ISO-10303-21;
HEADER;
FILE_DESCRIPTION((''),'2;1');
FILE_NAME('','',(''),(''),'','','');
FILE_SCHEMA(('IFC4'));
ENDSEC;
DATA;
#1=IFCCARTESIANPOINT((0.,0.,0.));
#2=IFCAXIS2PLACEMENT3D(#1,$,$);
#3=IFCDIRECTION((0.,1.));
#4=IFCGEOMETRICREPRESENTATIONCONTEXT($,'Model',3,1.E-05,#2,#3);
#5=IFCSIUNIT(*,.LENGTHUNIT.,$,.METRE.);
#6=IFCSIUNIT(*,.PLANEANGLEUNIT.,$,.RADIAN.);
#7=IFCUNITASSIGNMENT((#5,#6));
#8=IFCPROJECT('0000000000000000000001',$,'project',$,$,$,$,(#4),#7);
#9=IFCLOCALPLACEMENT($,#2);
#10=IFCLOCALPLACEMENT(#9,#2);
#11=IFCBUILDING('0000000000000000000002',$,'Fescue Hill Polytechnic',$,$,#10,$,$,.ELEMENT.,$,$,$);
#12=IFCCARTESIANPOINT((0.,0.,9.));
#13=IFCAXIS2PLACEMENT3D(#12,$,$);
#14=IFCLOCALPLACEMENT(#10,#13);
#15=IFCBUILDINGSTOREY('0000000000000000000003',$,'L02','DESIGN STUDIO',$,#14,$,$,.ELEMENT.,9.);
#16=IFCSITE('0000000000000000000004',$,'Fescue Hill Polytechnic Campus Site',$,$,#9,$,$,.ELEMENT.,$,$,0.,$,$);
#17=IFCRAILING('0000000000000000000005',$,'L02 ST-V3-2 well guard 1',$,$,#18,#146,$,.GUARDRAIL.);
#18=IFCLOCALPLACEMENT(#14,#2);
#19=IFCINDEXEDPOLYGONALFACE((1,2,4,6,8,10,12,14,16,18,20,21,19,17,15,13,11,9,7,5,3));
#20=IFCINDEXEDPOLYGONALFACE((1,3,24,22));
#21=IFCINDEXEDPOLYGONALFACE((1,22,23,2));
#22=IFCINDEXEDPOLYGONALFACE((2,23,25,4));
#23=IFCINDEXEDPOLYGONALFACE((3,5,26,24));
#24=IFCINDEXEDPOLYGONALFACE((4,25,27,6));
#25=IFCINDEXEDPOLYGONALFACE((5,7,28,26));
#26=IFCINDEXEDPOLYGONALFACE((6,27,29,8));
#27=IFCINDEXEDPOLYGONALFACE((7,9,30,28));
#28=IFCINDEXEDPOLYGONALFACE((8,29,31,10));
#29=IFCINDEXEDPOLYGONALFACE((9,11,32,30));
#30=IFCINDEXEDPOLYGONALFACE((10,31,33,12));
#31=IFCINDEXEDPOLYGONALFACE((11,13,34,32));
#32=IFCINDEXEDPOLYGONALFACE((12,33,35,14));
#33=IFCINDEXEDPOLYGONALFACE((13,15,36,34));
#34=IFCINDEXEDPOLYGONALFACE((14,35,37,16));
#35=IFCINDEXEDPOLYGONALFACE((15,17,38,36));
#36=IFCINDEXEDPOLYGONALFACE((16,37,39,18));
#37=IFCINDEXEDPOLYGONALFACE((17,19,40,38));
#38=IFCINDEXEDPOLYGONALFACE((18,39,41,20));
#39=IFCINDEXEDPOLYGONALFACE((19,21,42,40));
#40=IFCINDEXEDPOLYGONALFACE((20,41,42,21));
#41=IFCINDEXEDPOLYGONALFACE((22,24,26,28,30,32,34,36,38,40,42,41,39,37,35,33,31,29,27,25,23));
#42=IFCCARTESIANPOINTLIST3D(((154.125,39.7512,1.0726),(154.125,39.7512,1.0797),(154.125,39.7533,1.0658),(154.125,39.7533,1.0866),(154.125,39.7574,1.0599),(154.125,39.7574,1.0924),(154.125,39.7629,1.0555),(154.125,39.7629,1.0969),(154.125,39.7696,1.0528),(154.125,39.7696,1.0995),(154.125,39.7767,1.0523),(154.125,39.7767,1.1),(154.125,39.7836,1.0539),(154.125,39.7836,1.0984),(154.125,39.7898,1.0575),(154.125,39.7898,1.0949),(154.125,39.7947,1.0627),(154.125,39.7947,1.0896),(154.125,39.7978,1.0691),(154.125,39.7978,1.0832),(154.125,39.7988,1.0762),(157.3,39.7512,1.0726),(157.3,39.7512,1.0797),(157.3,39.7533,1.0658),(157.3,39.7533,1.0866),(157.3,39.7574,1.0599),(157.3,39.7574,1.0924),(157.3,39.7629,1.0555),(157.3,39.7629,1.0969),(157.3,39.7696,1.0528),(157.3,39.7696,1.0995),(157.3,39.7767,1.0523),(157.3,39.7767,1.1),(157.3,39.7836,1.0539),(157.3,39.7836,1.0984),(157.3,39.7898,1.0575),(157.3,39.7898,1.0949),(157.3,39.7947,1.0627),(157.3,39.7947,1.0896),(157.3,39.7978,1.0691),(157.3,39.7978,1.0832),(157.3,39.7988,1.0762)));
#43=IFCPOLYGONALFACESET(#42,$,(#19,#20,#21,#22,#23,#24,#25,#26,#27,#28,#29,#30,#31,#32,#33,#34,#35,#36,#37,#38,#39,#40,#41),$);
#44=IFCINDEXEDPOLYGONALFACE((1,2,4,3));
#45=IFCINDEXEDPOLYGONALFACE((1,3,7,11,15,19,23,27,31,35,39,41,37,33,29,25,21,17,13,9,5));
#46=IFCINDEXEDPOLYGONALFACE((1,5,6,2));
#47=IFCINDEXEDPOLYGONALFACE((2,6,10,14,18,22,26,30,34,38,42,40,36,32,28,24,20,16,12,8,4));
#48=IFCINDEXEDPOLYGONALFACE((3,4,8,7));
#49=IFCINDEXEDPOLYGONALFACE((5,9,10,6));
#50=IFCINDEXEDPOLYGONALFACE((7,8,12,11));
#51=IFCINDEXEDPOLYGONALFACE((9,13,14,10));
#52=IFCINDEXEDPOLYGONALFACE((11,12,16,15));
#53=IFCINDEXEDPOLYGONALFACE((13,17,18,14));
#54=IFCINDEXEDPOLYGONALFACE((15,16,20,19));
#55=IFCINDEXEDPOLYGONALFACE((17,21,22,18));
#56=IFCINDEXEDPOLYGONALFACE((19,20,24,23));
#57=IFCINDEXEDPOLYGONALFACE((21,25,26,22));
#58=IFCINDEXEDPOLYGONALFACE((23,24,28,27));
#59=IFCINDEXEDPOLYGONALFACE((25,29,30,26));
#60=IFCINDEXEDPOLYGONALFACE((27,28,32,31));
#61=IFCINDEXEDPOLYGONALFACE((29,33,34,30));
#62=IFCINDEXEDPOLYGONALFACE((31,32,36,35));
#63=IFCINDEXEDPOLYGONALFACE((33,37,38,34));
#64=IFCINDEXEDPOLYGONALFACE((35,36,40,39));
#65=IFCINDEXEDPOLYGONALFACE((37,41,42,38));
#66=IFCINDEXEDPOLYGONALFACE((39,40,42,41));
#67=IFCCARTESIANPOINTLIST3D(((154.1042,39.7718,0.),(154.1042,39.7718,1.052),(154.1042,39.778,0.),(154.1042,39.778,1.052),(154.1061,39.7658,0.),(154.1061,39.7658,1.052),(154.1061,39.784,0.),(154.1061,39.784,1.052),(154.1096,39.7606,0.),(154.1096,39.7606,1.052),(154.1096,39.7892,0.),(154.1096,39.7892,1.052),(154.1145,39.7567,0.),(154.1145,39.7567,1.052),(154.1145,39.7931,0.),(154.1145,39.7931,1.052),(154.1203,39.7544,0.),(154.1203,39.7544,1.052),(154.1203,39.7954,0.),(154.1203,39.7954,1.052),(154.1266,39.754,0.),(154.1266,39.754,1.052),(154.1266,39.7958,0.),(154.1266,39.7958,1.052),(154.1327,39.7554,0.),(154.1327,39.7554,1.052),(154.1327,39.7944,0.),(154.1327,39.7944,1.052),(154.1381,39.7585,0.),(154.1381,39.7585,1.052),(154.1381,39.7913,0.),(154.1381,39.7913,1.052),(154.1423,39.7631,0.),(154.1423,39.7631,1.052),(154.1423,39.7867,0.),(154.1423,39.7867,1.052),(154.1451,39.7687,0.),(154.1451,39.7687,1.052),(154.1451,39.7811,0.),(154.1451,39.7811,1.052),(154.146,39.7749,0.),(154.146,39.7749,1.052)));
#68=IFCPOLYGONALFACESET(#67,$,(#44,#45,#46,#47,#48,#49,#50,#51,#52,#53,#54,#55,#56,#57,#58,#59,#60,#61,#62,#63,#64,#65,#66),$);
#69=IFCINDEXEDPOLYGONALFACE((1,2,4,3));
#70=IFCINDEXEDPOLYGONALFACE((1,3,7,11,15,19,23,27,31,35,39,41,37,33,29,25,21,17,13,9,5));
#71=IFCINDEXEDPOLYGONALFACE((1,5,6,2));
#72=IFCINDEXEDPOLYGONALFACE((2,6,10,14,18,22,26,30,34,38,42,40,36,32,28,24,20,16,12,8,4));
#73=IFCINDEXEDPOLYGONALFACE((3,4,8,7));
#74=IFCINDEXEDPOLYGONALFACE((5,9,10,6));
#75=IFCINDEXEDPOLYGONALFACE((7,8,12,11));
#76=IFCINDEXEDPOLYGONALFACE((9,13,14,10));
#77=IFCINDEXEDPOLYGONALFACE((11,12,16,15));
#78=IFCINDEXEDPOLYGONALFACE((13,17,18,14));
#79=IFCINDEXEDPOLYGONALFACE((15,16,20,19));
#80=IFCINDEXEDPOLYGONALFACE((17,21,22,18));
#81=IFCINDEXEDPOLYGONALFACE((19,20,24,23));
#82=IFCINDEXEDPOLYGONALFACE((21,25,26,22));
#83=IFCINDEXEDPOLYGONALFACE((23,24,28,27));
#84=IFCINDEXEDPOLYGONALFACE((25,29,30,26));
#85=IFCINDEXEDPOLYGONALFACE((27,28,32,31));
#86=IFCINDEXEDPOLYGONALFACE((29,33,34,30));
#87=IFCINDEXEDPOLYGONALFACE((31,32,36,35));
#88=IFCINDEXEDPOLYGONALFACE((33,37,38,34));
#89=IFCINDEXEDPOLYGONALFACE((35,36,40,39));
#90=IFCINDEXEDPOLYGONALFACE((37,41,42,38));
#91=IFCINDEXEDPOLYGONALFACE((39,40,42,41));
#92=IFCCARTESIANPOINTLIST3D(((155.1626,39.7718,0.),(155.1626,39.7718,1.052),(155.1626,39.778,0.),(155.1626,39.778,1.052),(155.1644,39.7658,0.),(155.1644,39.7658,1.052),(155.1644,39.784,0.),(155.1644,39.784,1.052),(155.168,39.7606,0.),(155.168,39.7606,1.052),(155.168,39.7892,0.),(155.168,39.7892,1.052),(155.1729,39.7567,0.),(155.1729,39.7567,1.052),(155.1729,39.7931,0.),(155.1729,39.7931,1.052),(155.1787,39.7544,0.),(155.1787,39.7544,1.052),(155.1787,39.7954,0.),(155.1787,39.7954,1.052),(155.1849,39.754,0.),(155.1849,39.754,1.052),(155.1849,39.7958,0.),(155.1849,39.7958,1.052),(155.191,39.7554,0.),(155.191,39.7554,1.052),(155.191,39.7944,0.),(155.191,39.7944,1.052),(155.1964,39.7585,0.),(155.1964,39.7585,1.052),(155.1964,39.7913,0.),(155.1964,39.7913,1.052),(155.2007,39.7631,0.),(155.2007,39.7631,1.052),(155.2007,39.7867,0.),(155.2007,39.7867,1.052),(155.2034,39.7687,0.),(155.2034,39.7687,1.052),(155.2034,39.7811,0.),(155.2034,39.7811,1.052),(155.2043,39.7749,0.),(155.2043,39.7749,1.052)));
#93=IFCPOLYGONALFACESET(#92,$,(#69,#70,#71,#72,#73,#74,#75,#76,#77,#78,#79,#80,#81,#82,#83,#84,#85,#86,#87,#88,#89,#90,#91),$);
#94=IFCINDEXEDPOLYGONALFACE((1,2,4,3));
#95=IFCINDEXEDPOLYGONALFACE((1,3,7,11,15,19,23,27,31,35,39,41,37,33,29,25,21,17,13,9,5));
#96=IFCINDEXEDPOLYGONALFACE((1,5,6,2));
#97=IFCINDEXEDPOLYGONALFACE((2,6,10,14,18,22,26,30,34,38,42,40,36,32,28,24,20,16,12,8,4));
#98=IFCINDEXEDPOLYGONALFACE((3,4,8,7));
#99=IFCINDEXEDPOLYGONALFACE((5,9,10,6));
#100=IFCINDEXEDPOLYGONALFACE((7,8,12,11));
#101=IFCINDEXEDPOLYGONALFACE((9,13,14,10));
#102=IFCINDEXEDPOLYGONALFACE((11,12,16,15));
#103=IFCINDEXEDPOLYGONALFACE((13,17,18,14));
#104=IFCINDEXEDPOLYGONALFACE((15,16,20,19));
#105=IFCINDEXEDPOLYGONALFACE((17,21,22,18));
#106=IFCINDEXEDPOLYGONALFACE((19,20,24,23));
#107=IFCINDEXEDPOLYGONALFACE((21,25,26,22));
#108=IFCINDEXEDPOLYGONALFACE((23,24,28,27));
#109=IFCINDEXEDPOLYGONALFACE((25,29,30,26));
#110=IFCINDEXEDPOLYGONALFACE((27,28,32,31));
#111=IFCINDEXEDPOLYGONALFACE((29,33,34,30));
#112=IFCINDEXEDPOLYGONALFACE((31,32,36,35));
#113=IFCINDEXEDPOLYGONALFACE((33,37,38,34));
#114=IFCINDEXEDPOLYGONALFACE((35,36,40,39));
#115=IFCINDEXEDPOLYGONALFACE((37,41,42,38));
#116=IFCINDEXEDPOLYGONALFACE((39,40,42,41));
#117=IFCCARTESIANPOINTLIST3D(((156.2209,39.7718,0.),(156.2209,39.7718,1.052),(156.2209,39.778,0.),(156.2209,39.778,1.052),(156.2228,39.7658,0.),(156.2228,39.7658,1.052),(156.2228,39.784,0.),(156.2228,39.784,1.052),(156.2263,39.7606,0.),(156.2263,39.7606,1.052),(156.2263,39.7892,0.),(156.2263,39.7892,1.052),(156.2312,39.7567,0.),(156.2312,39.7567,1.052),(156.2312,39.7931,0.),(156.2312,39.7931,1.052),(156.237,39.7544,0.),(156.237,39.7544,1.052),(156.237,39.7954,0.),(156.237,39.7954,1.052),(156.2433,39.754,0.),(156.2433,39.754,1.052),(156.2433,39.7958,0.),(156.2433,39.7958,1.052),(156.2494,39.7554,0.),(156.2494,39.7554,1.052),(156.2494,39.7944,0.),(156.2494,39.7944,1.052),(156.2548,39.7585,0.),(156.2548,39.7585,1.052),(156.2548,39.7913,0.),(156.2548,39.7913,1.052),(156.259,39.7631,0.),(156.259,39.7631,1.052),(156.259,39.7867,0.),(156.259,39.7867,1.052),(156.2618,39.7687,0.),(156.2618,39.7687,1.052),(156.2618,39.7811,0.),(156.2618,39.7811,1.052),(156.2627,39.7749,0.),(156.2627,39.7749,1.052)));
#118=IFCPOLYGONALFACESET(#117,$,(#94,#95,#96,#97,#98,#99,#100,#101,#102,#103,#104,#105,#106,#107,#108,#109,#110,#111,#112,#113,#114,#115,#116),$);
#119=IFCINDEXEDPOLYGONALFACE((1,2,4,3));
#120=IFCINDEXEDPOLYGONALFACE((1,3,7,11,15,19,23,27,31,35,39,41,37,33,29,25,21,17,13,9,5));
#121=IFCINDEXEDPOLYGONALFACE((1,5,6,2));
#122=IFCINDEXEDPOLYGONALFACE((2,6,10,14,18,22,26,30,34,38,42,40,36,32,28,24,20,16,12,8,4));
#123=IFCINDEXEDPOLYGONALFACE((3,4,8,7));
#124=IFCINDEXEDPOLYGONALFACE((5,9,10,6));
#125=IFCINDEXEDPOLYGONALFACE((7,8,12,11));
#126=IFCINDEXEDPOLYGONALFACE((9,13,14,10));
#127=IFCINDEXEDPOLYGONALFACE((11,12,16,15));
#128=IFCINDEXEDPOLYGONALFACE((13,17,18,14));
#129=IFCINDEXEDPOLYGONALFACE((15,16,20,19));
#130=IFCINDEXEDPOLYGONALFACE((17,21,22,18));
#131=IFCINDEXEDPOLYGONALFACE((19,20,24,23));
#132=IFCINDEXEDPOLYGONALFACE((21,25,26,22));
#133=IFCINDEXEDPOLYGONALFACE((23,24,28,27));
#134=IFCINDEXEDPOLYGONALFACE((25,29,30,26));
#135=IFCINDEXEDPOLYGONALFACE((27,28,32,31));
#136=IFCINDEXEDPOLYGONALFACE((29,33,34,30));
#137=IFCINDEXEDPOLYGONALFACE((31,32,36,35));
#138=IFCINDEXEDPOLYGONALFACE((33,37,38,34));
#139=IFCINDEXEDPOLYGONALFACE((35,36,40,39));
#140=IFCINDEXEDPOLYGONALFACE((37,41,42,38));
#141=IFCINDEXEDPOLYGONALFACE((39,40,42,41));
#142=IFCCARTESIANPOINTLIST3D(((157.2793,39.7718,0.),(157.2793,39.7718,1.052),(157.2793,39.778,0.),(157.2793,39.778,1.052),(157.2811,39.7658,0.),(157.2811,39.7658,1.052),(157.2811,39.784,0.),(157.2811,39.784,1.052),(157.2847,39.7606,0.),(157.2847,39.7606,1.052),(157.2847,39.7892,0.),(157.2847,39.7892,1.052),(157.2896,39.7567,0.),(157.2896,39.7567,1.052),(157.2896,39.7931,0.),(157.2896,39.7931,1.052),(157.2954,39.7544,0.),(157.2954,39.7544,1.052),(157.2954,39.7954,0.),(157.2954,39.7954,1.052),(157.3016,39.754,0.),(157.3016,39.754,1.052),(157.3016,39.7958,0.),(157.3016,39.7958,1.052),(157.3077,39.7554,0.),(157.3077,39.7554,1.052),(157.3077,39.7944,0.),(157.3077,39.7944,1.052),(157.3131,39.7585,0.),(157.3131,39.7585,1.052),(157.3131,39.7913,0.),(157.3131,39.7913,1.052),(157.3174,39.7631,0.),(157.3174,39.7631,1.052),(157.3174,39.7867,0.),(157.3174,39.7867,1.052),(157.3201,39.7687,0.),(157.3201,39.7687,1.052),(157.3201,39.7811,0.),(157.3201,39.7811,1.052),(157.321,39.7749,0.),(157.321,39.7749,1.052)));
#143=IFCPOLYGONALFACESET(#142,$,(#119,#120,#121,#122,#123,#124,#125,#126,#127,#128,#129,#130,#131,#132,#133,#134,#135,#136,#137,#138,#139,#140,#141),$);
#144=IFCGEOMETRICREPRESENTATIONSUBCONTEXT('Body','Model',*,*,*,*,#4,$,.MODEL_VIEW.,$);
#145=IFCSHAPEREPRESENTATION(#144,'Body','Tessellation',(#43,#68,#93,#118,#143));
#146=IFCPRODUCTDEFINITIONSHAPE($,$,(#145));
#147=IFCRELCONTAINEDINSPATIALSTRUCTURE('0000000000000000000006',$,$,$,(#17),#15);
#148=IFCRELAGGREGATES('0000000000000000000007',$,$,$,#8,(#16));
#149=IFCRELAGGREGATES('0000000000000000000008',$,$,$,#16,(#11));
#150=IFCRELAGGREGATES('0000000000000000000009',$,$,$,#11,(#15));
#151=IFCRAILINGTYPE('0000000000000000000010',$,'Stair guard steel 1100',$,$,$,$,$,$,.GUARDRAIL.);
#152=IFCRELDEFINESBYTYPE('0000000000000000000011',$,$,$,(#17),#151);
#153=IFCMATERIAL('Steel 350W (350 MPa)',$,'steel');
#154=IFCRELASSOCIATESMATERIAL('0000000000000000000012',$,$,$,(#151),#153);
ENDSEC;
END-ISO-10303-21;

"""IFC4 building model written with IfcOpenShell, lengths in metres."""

from ifc_helpers import new_model, si_unit, direction, frame, origin, origin_2d, place, context, subcontext, project, spatial, circle, extrude, material, type_object, element, save


model = new_model("IFC4")

# Units and contexts
model_context = context("Model", 3, precision=1e-05, world=origin(), true_north=direction((0.0, 1.0)))
body_context = subcontext(model_context, "Body", "Model", "MODEL_VIEW")
ifc_project = project(units=[si_unit("LENGTHUNIT", "METRE"), si_unit("PLANEANGLEUNIT", "RADIAN")], contexts=[model_context])

# Site, building, storey
site_placement = place(None, origin())
site = spatial("IfcSite", under=ifc_project, at=site_placement, Name="Fescue Hill Polytechnic Campus Site", CompositionType="ELEMENT", RefElevation=0.0)
building_placement = place(site_placement, origin())
building = spatial("IfcBuilding", under=site, at=building_placement, Name="Fescue Hill Polytechnic", CompositionType="ELEMENT")
storey_placement = place(building_placement, frame((0.0, 0.0, 9.0)))
storey = spatial("IfcBuildingStorey", under=building, at=storey_placement, Name="L02", Description="DESIGN STUDIO", CompositionType="ELEMENT", Elevation=9.0)

# Railing
ifc_material_1 = material(Name="Steel 350W (350 MPa)", Category="steel")
railing_type = type_object("IfcRailingType", Name="Stair guard steel 1100", PredefinedType="GUARDRAIL", material=ifc_material_1)
railing_placement = place(storey_placement, frame((154.125, 39.7749, 0.0)))
element("IfcRailing", 1, at=railing_placement, inside=storey, type_object=railing_type, Name="L02 ST-V3-2 well guard 1", PredefinedType="GUARDRAIL", context=body_context, shape_type="SweptSolid", body=[
    extrude(circle(Radius=0.0239, at=origin_2d()), frame((0.0, 0.0, 1.0762), z_axis=(1.0, 0.0, 0.0), x_axis=(0.0, 1.0, 0.0)), (0.0, 0.0, 1.0), 3.175),
    extrude(circle(Radius=0.021, at=origin_2d()), origin(), (0.0, 0.0, 1.0), 1.052),
    extrude(circle(Radius=0.021, at=origin_2d()), frame((1.0583, 0.0, 0.0)), (0.0, 0.0, 1.0), 1.052),
    extrude(circle(Radius=0.021, at=origin_2d()), frame((2.1167, 0.0, 0.0)), (0.0, 0.0, 1.0), 1.052),
    extrude(circle(Radius=0.021, at=origin_2d()), frame((3.175, 0.0, 0.0)), (0.0, 0.0, 1.0), 1.052),
])

save(model, "model.ifc")
